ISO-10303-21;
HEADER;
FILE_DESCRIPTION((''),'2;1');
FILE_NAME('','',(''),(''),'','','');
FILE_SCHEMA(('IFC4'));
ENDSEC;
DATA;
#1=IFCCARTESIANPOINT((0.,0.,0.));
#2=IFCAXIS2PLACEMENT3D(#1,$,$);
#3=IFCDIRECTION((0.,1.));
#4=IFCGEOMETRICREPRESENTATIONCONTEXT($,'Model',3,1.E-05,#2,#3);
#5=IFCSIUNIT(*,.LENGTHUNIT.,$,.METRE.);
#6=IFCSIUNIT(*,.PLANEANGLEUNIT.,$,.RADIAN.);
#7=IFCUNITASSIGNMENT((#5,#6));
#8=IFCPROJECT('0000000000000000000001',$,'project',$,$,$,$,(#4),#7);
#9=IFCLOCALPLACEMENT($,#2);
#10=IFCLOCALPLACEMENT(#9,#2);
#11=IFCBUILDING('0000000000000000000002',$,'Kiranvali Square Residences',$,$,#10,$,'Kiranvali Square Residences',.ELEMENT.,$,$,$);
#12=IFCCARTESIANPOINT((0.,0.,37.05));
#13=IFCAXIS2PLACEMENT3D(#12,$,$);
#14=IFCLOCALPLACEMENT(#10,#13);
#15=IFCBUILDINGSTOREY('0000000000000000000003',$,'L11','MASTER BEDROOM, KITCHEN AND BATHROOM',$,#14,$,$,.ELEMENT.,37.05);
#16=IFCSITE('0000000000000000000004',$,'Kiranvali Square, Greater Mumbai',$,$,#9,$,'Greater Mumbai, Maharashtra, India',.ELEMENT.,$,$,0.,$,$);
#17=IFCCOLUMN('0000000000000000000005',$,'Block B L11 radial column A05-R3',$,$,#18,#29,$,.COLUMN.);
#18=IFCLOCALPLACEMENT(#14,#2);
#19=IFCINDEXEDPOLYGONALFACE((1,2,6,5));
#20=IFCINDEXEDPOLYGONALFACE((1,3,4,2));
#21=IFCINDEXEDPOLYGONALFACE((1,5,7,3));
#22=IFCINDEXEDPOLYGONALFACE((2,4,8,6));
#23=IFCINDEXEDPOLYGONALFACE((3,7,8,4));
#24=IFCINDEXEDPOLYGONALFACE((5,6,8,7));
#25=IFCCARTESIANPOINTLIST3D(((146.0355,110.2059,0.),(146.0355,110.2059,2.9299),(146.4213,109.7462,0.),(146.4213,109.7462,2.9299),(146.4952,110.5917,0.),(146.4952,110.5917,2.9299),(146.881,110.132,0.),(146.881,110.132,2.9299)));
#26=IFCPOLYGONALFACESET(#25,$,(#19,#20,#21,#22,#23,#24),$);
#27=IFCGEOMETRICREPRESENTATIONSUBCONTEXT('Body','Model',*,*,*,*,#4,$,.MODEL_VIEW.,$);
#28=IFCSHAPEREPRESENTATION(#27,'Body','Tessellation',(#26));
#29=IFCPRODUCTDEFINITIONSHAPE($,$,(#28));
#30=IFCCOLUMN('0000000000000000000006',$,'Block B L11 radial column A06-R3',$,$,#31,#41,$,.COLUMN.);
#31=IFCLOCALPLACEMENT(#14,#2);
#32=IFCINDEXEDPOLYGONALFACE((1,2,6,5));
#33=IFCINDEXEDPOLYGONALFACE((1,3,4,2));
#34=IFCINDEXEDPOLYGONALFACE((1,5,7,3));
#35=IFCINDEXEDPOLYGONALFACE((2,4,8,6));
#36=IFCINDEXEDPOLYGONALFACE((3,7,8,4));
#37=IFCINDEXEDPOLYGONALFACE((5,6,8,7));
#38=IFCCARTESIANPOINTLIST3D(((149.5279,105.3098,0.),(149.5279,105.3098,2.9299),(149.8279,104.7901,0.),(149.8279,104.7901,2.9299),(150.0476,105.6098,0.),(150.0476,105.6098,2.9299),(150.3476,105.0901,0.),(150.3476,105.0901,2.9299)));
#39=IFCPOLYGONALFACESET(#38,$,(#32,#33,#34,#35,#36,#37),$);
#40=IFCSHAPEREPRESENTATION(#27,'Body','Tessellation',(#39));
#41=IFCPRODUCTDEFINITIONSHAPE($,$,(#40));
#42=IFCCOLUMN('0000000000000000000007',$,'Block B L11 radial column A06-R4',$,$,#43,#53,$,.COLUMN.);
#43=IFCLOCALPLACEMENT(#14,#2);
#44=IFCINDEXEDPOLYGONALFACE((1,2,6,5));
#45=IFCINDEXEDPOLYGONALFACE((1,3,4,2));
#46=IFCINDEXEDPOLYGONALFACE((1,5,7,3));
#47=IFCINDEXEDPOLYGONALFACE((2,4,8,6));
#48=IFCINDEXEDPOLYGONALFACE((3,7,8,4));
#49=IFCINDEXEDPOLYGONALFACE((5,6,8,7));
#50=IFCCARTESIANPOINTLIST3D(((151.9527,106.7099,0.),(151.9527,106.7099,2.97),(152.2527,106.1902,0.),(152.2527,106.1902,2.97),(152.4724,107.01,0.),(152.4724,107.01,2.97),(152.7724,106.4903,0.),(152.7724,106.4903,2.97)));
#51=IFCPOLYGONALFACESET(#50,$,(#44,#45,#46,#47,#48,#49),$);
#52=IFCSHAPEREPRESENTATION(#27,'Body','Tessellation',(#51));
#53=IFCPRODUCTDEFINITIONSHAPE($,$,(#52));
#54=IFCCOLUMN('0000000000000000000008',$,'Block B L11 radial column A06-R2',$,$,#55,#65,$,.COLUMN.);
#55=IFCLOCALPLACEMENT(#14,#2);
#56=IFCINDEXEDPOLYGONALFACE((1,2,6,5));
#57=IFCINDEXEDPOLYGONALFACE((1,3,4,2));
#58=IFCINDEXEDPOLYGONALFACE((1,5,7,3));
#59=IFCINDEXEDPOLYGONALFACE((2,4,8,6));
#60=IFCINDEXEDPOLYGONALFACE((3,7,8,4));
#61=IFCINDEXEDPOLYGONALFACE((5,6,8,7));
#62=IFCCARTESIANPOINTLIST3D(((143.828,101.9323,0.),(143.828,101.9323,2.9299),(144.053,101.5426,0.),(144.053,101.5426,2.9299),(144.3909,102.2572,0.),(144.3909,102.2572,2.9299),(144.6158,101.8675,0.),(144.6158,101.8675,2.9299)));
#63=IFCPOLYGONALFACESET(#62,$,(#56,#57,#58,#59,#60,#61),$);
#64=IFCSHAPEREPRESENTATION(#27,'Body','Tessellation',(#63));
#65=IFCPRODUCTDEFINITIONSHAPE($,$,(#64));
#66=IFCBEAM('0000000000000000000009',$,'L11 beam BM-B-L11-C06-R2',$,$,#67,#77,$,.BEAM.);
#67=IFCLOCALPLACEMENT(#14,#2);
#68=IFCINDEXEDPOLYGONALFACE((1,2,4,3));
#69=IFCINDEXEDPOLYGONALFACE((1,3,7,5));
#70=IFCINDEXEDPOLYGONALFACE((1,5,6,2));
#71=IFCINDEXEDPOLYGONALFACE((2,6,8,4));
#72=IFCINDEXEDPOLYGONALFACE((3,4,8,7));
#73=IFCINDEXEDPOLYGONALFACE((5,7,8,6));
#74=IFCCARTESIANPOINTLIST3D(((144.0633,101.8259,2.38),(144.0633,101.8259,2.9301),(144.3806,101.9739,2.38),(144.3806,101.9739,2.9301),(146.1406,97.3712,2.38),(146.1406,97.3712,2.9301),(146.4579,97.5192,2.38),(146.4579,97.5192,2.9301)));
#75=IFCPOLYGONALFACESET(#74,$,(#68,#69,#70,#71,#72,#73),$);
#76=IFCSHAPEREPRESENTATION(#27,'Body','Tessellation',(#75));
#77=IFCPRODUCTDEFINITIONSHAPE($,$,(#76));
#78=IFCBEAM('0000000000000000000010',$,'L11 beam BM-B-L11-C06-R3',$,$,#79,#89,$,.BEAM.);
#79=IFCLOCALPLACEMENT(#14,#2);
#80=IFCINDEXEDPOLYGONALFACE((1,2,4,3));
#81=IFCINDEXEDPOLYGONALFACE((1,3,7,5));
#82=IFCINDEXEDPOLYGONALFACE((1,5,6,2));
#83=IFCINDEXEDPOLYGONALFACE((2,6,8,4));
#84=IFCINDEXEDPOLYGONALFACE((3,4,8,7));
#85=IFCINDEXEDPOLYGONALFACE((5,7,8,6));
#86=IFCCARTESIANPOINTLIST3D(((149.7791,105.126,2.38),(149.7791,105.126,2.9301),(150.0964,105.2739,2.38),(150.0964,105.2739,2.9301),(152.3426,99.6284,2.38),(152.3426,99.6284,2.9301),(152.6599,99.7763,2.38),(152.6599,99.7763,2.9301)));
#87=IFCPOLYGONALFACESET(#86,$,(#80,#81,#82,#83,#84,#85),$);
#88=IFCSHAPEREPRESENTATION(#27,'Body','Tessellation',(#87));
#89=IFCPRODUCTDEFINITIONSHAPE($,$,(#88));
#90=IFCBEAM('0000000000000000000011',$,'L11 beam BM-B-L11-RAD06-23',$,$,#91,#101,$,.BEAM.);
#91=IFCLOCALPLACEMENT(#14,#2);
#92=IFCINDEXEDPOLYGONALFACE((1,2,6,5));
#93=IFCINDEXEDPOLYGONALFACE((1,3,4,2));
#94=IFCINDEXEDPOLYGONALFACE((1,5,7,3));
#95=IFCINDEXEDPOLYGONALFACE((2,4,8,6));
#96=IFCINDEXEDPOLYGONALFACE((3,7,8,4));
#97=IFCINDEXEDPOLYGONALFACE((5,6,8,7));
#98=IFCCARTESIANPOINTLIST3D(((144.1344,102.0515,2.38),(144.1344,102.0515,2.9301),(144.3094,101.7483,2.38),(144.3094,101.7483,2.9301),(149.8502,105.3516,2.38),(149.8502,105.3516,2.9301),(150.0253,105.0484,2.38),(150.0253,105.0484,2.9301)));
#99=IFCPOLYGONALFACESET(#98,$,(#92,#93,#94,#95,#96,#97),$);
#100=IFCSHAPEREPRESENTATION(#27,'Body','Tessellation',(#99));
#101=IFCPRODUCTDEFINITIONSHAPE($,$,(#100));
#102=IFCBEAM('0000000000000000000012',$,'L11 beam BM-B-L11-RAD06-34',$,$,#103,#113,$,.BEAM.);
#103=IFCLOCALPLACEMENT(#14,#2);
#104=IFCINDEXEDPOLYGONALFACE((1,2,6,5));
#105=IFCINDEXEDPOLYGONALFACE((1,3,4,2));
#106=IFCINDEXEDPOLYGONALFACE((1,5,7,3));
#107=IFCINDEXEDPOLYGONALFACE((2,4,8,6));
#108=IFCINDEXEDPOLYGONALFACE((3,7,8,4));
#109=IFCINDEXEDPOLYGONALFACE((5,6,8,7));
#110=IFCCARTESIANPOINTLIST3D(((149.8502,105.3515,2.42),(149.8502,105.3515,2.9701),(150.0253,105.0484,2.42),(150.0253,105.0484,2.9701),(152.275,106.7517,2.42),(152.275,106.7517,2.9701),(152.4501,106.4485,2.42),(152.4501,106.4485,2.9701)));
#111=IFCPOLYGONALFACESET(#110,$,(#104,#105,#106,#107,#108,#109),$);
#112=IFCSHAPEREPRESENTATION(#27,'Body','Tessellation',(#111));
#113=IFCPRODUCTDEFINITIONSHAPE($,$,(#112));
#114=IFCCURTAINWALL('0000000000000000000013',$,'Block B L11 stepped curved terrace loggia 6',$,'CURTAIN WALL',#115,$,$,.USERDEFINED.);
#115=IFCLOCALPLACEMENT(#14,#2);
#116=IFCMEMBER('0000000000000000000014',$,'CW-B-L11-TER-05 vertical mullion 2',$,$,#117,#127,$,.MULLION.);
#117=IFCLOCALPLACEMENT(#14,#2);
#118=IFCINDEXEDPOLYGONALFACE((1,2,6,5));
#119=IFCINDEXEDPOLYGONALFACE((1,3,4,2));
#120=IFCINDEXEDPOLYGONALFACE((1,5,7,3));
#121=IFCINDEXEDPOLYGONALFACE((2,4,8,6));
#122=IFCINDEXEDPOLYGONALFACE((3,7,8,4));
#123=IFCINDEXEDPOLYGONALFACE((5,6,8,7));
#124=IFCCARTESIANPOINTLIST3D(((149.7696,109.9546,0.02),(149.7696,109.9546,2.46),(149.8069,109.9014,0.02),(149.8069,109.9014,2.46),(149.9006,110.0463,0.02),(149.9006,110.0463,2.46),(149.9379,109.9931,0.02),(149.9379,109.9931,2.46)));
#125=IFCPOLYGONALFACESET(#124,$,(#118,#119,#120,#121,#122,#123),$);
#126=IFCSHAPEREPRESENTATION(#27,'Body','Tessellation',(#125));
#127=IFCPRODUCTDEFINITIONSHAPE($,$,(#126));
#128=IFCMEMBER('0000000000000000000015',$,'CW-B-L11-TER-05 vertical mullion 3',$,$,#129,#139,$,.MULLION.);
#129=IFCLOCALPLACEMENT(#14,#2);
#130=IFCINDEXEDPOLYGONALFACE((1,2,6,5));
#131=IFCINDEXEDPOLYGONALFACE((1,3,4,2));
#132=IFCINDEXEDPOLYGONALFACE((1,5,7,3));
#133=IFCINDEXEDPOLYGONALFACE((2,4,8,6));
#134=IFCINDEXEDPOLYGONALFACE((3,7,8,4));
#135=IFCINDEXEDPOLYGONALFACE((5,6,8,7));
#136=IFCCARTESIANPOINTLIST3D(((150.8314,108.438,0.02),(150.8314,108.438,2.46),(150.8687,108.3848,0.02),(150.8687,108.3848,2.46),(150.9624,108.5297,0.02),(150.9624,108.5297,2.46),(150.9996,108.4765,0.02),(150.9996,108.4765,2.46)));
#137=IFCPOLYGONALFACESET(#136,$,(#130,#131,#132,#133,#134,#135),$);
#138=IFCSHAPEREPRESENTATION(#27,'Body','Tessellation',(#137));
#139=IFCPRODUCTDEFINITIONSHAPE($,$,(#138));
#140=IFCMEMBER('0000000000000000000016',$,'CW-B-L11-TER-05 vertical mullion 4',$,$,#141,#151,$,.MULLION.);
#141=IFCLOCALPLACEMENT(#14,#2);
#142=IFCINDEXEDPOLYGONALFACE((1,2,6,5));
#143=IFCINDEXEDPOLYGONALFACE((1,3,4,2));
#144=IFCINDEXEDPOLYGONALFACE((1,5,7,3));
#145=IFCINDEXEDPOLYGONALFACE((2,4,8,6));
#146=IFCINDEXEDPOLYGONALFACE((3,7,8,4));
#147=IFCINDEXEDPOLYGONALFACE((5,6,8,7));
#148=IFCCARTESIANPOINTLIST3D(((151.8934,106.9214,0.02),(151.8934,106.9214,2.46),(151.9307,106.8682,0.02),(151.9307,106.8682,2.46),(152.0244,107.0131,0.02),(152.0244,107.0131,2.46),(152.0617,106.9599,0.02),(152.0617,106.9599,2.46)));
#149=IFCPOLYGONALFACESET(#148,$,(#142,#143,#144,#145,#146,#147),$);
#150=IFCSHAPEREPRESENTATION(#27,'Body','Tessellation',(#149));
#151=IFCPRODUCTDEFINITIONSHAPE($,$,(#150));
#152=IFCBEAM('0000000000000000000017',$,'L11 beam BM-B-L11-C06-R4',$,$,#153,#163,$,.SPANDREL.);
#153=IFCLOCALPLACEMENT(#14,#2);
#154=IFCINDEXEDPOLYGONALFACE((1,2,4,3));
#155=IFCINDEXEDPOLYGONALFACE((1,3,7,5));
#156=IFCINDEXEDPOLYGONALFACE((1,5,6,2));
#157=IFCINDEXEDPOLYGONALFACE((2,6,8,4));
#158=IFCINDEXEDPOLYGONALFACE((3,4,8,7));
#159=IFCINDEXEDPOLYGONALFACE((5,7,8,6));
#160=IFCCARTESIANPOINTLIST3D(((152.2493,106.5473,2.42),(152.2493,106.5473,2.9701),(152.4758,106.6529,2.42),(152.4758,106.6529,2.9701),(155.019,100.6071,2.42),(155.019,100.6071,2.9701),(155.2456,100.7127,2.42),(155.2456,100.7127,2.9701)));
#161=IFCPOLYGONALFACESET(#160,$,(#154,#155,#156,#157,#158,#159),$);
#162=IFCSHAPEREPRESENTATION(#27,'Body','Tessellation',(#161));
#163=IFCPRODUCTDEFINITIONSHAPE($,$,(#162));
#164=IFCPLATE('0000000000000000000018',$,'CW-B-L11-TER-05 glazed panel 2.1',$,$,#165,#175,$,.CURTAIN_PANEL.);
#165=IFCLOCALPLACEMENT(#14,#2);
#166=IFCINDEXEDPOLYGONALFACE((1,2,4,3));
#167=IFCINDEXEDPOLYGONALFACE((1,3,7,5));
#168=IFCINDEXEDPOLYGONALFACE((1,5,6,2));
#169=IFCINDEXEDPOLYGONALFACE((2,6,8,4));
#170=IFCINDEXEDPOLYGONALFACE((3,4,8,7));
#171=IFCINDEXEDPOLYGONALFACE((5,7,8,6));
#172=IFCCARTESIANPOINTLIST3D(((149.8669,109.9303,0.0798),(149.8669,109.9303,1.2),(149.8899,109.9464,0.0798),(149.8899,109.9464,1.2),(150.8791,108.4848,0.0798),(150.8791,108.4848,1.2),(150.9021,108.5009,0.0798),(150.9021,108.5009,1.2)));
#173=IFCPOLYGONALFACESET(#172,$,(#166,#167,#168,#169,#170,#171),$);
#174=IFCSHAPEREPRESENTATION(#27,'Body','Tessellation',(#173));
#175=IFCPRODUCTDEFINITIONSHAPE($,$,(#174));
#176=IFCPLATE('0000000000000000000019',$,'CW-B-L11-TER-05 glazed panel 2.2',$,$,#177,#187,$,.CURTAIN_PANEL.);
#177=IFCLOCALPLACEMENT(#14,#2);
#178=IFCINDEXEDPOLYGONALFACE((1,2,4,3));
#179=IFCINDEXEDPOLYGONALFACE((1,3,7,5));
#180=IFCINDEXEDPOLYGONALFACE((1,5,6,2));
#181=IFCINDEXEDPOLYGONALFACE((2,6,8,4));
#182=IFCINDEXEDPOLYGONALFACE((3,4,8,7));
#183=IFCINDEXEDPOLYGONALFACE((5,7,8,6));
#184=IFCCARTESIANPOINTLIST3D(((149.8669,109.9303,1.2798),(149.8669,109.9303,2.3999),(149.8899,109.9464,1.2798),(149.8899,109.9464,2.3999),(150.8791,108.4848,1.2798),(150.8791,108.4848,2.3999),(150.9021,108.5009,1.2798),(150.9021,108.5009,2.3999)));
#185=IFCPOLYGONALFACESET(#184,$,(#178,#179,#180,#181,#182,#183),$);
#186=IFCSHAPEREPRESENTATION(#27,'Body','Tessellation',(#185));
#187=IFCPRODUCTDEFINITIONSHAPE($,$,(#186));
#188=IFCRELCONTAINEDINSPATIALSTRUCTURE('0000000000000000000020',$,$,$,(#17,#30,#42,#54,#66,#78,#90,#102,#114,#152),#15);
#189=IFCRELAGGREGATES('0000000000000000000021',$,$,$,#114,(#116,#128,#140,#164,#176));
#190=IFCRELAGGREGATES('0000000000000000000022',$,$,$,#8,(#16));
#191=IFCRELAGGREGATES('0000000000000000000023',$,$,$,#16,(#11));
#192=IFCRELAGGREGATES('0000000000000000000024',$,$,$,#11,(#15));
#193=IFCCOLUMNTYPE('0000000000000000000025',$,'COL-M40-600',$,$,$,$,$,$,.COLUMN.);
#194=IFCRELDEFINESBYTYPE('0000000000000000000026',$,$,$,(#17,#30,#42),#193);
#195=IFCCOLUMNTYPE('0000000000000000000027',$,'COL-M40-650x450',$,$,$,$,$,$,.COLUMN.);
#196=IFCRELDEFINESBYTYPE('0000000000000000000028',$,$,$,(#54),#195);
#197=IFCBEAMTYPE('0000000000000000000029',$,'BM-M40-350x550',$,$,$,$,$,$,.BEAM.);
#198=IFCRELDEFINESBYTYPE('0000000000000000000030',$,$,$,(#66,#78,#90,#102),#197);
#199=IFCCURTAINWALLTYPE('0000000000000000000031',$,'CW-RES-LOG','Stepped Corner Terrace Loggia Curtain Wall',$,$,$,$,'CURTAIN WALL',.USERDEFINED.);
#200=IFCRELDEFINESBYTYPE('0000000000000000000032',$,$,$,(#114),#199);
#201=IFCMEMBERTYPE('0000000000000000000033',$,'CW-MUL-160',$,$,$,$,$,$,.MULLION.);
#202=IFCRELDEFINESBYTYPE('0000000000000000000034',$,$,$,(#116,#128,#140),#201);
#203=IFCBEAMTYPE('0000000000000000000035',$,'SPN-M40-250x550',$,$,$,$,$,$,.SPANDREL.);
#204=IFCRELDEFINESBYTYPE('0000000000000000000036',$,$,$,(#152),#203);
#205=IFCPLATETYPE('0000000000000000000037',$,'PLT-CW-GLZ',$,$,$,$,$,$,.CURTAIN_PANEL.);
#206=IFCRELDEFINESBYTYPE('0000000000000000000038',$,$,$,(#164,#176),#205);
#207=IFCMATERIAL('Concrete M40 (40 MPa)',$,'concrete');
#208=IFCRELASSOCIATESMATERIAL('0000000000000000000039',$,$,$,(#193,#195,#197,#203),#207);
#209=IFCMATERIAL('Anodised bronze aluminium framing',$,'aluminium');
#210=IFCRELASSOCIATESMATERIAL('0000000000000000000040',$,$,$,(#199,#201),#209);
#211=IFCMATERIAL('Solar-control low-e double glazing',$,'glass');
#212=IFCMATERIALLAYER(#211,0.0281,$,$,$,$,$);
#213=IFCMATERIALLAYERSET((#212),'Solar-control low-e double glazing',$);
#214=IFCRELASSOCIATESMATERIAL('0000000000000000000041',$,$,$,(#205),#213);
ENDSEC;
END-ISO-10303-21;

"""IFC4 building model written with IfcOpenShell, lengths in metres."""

from ifc_helpers import new_model, si_unit, direction, frame, origin, origin_2d, place, context, subcontext, project, spatial, rectangle, extrude, material, layer, layer_set, material_profile, profile_set, type_object, element, aggregate, save


model = new_model("IFC4")

# Units and contexts
model_context = context("Model", 3, precision=1e-05, world=origin(), true_north=direction((0.0, 1.0)))
body_context = subcontext(model_context, "Body", "Model", "MODEL_VIEW")
ifc_project = project(units=[si_unit("LENGTHUNIT", "METRE"), si_unit("PLANEANGLEUNIT", "RADIAN")], contexts=[model_context])

# Site, building, storey
site_placement = place(None, origin())
site = spatial("IfcSite", under=ifc_project, at=site_placement, Name="Kiranvali Square, Greater Mumbai", LongName="Greater Mumbai, Maharashtra, India", CompositionType="ELEMENT", RefElevation=0.0)
building_placement = place(site_placement, origin())
building = spatial("IfcBuilding", under=site, at=building_placement, Name="Kiranvali Square Residences", LongName="Kiranvali Square Residences", CompositionType="ELEMENT")
storey_placement = place(building_placement, frame((0.0, 0.0, 37.05)))
storey = spatial("IfcBuildingStorey", under=building, at=storey_placement, Name="L11", Description="MASTER BEDROOM, KITCHEN AND BATHROOM", CompositionType="ELEMENT", Elevation=37.05)

# Columns
ifc_material_1 = material(Name="Concrete M40 (40 MPa)", Category="concrete")
ifc_material_profile_1 = material_profile(ifc_material_1, rectangle(XDim=0.6001, YDim=0.6001, at=origin_2d()), Name="RC 600x600")
ifc_profile_set_1 = profile_set([ifc_material_profile_1], Name="Concrete M40 (40 MPa)")
column_type_1 = type_object("IfcColumnType", Name="COL-M40-600", PredefinedType="COLUMN", material=ifc_profile_set_1)
for number, where, z_axis, x_axis, name in (
    (1, (146.4583, 110.1689, 0.0), (0.0, 0.0, 1.0), (-0.642788, 0.766044, 0.0), "Block B L11 radial column A05-R3"),
    (2, (149.9377, 105.2, 0.0), (0.0, 0.0, 1.0), (-0.5, 0.866025, 0.0), "Block B L11 radial column A06-R3"),
):
    element("IfcColumn", number, at=place(storey_placement, frame(where, z_axis=z_axis, x_axis=x_axis)), inside=storey, type_object=column_type_1, Name=name, PredefinedType="COLUMN", context=body_context, shape_type="SweptSolid", body=[
        extrude(rectangle(XDim=0.6001, YDim=0.6001, at=origin_2d()), origin(), (0.0, 0.0, 1.0), 2.9299),
    ])
column_1_placement = place(storey_placement, frame((152.3625, 106.6001, 0.0), z_axis=(0.0, 0.0, 1.0), x_axis=(-0.5, 0.866025, 0.0)))
element("IfcColumn", 3, at=column_1_placement, inside=storey, type_object=column_type_1, Name="Block B L11 radial column A06-R4", PredefinedType="COLUMN", context=body_context, shape_type="SweptSolid", body=[
    extrude(rectangle(XDim=0.6001, YDim=0.6001, at=origin_2d()), origin(), (0.0, 0.0, 1.0), 2.97),
])
ifc_material_profile_2 = material_profile(ifc_material_1, rectangle(XDim=0.45, YDim=0.6499, at=origin_2d()), Name="RC 650x450")
ifc_profile_set_2 = profile_set([ifc_material_profile_2], Name="Concrete M40 (40 MPa)")
column_type_2 = type_object("IfcColumnType", Name="COL-M40-650x450", PredefinedType="COLUMN", material=ifc_profile_set_2)
column_2_placement = place(storey_placement, frame((144.2219, 101.8999, 0.0), z_axis=(0.0, 0.0, 1.0), x_axis=(-0.5, 0.866025, 0.0)))
element("IfcColumn", 4, at=column_2_placement, inside=storey, type_object=column_type_2, Name="Block B L11 radial column A06-R2", PredefinedType="COLUMN", context=body_context, shape_type="SweptSolid", body=[
    extrude(rectangle(XDim=0.45, YDim=0.6499, at=origin_2d()), origin(), (0.0, 0.0, 1.0), 2.9299),
])

# Beams
ifc_material_profile_3 = material_profile(ifc_material_1, rectangle(XDim=0.3501, YDim=0.55, at=origin_2d()), Name="RC 350x550")
ifc_profile_set_3 = profile_set([ifc_material_profile_3], Name="Concrete M40 (40 MPa)")
beam_type_1 = type_object("IfcBeamType", Name="BM-M40-350x550", PredefinedType="BEAM", material=ifc_profile_set_3)
beam_1_placement = place(storey_placement, frame((144.2219, 101.8999, 2.655), z_axis=(0.42263, -0.906302, 0.0), x_axis=(0.906302, 0.42263, 0.0)))
element("IfcBeam", 5, at=beam_1_placement, inside=storey, type_object=beam_type_1, Name="L11 beam BM-B-L11-C06-R2", PredefinedType="BEAM", context=body_context, shape_type="SweptSolid", body=[
    extrude(rectangle(XDim=0.3501, YDim=0.55, at=origin_2d()), origin(), (0.0, 0.0, 1.0), 4.9153),
])
beam_2_placement = place(storey_placement, frame((149.9377, 105.2, 2.655), z_axis=(0.422608, -0.906313, 0.0), x_axis=(0.906313, 0.422608, 0.0)))
element("IfcBeam", 6, at=beam_2_placement, inside=storey, type_object=beam_type_1, Name="L11 beam BM-B-L11-C06-R3", PredefinedType="BEAM", context=body_context, shape_type="SweptSolid", body=[
    extrude(rectangle(XDim=0.3501, YDim=0.55, at=origin_2d()), origin(), (0.0, 0.0, 1.0), 6.0659),
])
beam_3_placement = place(storey_placement, frame((144.2219, 101.8999, 2.655), z_axis=(0.866024, 0.500002, 0.0), x_axis=(-0.500002, 0.866024, 0.0)))
element("IfcBeam", 7, at=beam_3_placement, inside=storey, type_object=beam_type_1, Name="L11 beam BM-B-L11-RAD06-23", PredefinedType="BEAM", context=body_context, shape_type="SweptSolid", body=[
    extrude(rectangle(XDim=0.3501, YDim=0.55, at=origin_2d()), origin(), (0.0, 0.0, 1.0), 6.6001),
])
beam_4_placement = place(storey_placement, frame((149.9377, 105.2, 2.6951), z_axis=(0.865997, 0.50005, 0.0), x_axis=(-0.50005, 0.865997, 0.0)))
element("IfcBeam", 8, at=beam_4_placement, inside=storey, type_object=beam_type_1, Name="L11 beam BM-B-L11-RAD06-34", PredefinedType="BEAM", context=body_context, shape_type="SweptSolid", body=[
    extrude(rectangle(XDim=0.3501, YDim=0.55, at=origin_2d()), origin(), (0.0, 0.0, 1.0), 2.8),
])

# Curtain wall, members
ifc_material_2 = material(Name="Anodised bronze aluminium framing", Category="aluminium")
curtain_wall_type = type_object("IfcCurtainWallType", Name="CW-RES-LOG", Description="Stepped Corner Terrace Loggia Curtain Wall", ElementType="CURTAIN WALL", PredefinedType="USERDEFINED", material=ifc_material_2)
curtain_wall_placement = place(storey_placement, origin())
curtain_wall = element("IfcCurtainWall", 9, at=curtain_wall_placement, inside=storey, type_object=curtain_wall_type, Name="Block B L11 stepped curved terrace loggia 6", ObjectType="CURTAIN WALL", PredefinedType="USERDEFINED")
ifc_material_profile_4 = material_profile(ifc_material_2, rectangle(XDim=0.0649, YDim=0.1599, at=origin_2d()), Name="ALU 65x160")
ifc_profile_set_4 = profile_set([ifc_material_profile_4], Name="Anodised bronze aluminium framing")
member_type = type_object("IfcMemberType", Name="CW-MUL-160", PredefinedType="MULLION", material=ifc_profile_set_4)
member_1_placement = place(storey_placement, frame((149.8538, 109.9739, 0.02), z_axis=(0.0, 0.0, 1.0), x_axis=(0.573576, -0.819152, 0.0)))
member_1 = element("IfcMember", 10, at=member_1_placement, type_object=member_type, Name="CW-B-L11-TER-05 vertical mullion 2", PredefinedType="MULLION", context=body_context, shape_type="SweptSolid", body=[
    extrude(rectangle(XDim=0.0649, YDim=0.1599, at=origin_2d()), origin(), (0.0, 0.0, 1.0), 2.4399),
])
member_2_placement = place(storey_placement, frame((150.9155, 108.4573, 0.02), z_axis=(0.0, 0.0, 1.0), x_axis=(0.573576, -0.819152, 0.0)))
member_2 = element("IfcMember", 11, at=member_2_placement, type_object=member_type, Name="CW-B-L11-TER-05 vertical mullion 3", PredefinedType="MULLION", context=body_context, shape_type="SweptSolid", body=[
    extrude(rectangle(XDim=0.0649, YDim=0.1599, at=origin_2d()), origin(), (0.0, 0.0, 1.0), 2.4399),
])
member_3_placement = place(storey_placement, frame((151.9775, 106.9407, 0.02), z_axis=(0.0, 0.0, 1.0), x_axis=(0.573576, -0.819152, 0.0)))
member_3 = element("IfcMember", 12, at=member_3_placement, type_object=member_type, Name="CW-B-L11-TER-05 vertical mullion 4", PredefinedType="MULLION", context=body_context, shape_type="SweptSolid", body=[
    extrude(rectangle(XDim=0.0649, YDim=0.1599, at=origin_2d()), origin(), (0.0, 0.0, 1.0), 2.4399),
])

# Beam
ifc_material_profile_5 = material_profile(ifc_material_1, rectangle(XDim=0.25, YDim=0.55, at=origin_2d()), Name="RC 250x550")
ifc_profile_set_5 = profile_set([ifc_material_profile_5], Name="Concrete M40 (40 MPa)")
beam_type_2 = type_object("IfcBeamType", Name="SPN-M40-250x550", PredefinedType="SPANDREL", material=ifc_profile_set_5)
beam_5_placement = place(storey_placement, frame((152.3625, 106.6001, 2.6951), z_axis=(0.422596, -0.906318, 0.0), x_axis=(0.906318, 0.422596, 0.0)))
element("IfcBeam", 13, at=beam_5_placement, inside=storey, type_object=beam_type_2, Name="L11 beam BM-B-L11-C06-R4", PredefinedType="SPANDREL", context=body_context, shape_type="SweptSolid", body=[
    extrude(rectangle(XDim=0.25, YDim=0.55, at=origin_2d()), origin(), (0.0, 0.0, 1.0), 6.5542),
])

# Plates
ifc_material_3 = material(Name="Solar-control low-e double glazing", Category="glass")
ifc_layer_1 = layer(ifc_material_3, 0.0281)
ifc_layer_set_1 = layer_set([ifc_layer_1], Name="Solar-control low-e double glazing")
plate_type = type_object("IfcPlateType", Name="PLT-CW-GLZ", PredefinedType="CURTAIN_PANEL", material=ifc_layer_set_1)
plate_1_placement = place(storey_placement, frame((150.3845, 109.2156, 0.0798), z_axis=(0.0, 0.0, 1.0), x_axis=(0.573576, -0.819152, 0.0)))
plate_1 = element("IfcPlate", 14, at=plate_1_placement, type_object=plate_type, Name="CW-B-L11-TER-05 glazed panel 2.1", PredefinedType="CURTAIN_PANEL", context=body_context, shape_type="SweptSolid", body=[
    extrude(rectangle(XDim=1.7646, YDim=0.0281, at=origin_2d()), origin(), (0.0, 0.0, 1.0), 1.1201),
])
plate_2_placement = place(storey_placement, frame((150.3845, 109.2156, 1.2798), z_axis=(0.0, 0.0, 1.0), x_axis=(0.573576, -0.819152, 0.0)))
plate_2 = element("IfcPlate", 15, at=plate_2_placement, type_object=plate_type, Name="CW-B-L11-TER-05 glazed panel 2.2", PredefinedType="CURTAIN_PANEL", context=body_context, shape_type="SweptSolid", body=[
    extrude(rectangle(XDim=1.7646, YDim=0.0281, at=origin_2d()), origin(), (0.0, 0.0, 1.0), 1.1201),
])
aggregate(curtain_wall, [member_1, member_2, member_3, plate_1, plate_2])

save(model, "model.ifc")
